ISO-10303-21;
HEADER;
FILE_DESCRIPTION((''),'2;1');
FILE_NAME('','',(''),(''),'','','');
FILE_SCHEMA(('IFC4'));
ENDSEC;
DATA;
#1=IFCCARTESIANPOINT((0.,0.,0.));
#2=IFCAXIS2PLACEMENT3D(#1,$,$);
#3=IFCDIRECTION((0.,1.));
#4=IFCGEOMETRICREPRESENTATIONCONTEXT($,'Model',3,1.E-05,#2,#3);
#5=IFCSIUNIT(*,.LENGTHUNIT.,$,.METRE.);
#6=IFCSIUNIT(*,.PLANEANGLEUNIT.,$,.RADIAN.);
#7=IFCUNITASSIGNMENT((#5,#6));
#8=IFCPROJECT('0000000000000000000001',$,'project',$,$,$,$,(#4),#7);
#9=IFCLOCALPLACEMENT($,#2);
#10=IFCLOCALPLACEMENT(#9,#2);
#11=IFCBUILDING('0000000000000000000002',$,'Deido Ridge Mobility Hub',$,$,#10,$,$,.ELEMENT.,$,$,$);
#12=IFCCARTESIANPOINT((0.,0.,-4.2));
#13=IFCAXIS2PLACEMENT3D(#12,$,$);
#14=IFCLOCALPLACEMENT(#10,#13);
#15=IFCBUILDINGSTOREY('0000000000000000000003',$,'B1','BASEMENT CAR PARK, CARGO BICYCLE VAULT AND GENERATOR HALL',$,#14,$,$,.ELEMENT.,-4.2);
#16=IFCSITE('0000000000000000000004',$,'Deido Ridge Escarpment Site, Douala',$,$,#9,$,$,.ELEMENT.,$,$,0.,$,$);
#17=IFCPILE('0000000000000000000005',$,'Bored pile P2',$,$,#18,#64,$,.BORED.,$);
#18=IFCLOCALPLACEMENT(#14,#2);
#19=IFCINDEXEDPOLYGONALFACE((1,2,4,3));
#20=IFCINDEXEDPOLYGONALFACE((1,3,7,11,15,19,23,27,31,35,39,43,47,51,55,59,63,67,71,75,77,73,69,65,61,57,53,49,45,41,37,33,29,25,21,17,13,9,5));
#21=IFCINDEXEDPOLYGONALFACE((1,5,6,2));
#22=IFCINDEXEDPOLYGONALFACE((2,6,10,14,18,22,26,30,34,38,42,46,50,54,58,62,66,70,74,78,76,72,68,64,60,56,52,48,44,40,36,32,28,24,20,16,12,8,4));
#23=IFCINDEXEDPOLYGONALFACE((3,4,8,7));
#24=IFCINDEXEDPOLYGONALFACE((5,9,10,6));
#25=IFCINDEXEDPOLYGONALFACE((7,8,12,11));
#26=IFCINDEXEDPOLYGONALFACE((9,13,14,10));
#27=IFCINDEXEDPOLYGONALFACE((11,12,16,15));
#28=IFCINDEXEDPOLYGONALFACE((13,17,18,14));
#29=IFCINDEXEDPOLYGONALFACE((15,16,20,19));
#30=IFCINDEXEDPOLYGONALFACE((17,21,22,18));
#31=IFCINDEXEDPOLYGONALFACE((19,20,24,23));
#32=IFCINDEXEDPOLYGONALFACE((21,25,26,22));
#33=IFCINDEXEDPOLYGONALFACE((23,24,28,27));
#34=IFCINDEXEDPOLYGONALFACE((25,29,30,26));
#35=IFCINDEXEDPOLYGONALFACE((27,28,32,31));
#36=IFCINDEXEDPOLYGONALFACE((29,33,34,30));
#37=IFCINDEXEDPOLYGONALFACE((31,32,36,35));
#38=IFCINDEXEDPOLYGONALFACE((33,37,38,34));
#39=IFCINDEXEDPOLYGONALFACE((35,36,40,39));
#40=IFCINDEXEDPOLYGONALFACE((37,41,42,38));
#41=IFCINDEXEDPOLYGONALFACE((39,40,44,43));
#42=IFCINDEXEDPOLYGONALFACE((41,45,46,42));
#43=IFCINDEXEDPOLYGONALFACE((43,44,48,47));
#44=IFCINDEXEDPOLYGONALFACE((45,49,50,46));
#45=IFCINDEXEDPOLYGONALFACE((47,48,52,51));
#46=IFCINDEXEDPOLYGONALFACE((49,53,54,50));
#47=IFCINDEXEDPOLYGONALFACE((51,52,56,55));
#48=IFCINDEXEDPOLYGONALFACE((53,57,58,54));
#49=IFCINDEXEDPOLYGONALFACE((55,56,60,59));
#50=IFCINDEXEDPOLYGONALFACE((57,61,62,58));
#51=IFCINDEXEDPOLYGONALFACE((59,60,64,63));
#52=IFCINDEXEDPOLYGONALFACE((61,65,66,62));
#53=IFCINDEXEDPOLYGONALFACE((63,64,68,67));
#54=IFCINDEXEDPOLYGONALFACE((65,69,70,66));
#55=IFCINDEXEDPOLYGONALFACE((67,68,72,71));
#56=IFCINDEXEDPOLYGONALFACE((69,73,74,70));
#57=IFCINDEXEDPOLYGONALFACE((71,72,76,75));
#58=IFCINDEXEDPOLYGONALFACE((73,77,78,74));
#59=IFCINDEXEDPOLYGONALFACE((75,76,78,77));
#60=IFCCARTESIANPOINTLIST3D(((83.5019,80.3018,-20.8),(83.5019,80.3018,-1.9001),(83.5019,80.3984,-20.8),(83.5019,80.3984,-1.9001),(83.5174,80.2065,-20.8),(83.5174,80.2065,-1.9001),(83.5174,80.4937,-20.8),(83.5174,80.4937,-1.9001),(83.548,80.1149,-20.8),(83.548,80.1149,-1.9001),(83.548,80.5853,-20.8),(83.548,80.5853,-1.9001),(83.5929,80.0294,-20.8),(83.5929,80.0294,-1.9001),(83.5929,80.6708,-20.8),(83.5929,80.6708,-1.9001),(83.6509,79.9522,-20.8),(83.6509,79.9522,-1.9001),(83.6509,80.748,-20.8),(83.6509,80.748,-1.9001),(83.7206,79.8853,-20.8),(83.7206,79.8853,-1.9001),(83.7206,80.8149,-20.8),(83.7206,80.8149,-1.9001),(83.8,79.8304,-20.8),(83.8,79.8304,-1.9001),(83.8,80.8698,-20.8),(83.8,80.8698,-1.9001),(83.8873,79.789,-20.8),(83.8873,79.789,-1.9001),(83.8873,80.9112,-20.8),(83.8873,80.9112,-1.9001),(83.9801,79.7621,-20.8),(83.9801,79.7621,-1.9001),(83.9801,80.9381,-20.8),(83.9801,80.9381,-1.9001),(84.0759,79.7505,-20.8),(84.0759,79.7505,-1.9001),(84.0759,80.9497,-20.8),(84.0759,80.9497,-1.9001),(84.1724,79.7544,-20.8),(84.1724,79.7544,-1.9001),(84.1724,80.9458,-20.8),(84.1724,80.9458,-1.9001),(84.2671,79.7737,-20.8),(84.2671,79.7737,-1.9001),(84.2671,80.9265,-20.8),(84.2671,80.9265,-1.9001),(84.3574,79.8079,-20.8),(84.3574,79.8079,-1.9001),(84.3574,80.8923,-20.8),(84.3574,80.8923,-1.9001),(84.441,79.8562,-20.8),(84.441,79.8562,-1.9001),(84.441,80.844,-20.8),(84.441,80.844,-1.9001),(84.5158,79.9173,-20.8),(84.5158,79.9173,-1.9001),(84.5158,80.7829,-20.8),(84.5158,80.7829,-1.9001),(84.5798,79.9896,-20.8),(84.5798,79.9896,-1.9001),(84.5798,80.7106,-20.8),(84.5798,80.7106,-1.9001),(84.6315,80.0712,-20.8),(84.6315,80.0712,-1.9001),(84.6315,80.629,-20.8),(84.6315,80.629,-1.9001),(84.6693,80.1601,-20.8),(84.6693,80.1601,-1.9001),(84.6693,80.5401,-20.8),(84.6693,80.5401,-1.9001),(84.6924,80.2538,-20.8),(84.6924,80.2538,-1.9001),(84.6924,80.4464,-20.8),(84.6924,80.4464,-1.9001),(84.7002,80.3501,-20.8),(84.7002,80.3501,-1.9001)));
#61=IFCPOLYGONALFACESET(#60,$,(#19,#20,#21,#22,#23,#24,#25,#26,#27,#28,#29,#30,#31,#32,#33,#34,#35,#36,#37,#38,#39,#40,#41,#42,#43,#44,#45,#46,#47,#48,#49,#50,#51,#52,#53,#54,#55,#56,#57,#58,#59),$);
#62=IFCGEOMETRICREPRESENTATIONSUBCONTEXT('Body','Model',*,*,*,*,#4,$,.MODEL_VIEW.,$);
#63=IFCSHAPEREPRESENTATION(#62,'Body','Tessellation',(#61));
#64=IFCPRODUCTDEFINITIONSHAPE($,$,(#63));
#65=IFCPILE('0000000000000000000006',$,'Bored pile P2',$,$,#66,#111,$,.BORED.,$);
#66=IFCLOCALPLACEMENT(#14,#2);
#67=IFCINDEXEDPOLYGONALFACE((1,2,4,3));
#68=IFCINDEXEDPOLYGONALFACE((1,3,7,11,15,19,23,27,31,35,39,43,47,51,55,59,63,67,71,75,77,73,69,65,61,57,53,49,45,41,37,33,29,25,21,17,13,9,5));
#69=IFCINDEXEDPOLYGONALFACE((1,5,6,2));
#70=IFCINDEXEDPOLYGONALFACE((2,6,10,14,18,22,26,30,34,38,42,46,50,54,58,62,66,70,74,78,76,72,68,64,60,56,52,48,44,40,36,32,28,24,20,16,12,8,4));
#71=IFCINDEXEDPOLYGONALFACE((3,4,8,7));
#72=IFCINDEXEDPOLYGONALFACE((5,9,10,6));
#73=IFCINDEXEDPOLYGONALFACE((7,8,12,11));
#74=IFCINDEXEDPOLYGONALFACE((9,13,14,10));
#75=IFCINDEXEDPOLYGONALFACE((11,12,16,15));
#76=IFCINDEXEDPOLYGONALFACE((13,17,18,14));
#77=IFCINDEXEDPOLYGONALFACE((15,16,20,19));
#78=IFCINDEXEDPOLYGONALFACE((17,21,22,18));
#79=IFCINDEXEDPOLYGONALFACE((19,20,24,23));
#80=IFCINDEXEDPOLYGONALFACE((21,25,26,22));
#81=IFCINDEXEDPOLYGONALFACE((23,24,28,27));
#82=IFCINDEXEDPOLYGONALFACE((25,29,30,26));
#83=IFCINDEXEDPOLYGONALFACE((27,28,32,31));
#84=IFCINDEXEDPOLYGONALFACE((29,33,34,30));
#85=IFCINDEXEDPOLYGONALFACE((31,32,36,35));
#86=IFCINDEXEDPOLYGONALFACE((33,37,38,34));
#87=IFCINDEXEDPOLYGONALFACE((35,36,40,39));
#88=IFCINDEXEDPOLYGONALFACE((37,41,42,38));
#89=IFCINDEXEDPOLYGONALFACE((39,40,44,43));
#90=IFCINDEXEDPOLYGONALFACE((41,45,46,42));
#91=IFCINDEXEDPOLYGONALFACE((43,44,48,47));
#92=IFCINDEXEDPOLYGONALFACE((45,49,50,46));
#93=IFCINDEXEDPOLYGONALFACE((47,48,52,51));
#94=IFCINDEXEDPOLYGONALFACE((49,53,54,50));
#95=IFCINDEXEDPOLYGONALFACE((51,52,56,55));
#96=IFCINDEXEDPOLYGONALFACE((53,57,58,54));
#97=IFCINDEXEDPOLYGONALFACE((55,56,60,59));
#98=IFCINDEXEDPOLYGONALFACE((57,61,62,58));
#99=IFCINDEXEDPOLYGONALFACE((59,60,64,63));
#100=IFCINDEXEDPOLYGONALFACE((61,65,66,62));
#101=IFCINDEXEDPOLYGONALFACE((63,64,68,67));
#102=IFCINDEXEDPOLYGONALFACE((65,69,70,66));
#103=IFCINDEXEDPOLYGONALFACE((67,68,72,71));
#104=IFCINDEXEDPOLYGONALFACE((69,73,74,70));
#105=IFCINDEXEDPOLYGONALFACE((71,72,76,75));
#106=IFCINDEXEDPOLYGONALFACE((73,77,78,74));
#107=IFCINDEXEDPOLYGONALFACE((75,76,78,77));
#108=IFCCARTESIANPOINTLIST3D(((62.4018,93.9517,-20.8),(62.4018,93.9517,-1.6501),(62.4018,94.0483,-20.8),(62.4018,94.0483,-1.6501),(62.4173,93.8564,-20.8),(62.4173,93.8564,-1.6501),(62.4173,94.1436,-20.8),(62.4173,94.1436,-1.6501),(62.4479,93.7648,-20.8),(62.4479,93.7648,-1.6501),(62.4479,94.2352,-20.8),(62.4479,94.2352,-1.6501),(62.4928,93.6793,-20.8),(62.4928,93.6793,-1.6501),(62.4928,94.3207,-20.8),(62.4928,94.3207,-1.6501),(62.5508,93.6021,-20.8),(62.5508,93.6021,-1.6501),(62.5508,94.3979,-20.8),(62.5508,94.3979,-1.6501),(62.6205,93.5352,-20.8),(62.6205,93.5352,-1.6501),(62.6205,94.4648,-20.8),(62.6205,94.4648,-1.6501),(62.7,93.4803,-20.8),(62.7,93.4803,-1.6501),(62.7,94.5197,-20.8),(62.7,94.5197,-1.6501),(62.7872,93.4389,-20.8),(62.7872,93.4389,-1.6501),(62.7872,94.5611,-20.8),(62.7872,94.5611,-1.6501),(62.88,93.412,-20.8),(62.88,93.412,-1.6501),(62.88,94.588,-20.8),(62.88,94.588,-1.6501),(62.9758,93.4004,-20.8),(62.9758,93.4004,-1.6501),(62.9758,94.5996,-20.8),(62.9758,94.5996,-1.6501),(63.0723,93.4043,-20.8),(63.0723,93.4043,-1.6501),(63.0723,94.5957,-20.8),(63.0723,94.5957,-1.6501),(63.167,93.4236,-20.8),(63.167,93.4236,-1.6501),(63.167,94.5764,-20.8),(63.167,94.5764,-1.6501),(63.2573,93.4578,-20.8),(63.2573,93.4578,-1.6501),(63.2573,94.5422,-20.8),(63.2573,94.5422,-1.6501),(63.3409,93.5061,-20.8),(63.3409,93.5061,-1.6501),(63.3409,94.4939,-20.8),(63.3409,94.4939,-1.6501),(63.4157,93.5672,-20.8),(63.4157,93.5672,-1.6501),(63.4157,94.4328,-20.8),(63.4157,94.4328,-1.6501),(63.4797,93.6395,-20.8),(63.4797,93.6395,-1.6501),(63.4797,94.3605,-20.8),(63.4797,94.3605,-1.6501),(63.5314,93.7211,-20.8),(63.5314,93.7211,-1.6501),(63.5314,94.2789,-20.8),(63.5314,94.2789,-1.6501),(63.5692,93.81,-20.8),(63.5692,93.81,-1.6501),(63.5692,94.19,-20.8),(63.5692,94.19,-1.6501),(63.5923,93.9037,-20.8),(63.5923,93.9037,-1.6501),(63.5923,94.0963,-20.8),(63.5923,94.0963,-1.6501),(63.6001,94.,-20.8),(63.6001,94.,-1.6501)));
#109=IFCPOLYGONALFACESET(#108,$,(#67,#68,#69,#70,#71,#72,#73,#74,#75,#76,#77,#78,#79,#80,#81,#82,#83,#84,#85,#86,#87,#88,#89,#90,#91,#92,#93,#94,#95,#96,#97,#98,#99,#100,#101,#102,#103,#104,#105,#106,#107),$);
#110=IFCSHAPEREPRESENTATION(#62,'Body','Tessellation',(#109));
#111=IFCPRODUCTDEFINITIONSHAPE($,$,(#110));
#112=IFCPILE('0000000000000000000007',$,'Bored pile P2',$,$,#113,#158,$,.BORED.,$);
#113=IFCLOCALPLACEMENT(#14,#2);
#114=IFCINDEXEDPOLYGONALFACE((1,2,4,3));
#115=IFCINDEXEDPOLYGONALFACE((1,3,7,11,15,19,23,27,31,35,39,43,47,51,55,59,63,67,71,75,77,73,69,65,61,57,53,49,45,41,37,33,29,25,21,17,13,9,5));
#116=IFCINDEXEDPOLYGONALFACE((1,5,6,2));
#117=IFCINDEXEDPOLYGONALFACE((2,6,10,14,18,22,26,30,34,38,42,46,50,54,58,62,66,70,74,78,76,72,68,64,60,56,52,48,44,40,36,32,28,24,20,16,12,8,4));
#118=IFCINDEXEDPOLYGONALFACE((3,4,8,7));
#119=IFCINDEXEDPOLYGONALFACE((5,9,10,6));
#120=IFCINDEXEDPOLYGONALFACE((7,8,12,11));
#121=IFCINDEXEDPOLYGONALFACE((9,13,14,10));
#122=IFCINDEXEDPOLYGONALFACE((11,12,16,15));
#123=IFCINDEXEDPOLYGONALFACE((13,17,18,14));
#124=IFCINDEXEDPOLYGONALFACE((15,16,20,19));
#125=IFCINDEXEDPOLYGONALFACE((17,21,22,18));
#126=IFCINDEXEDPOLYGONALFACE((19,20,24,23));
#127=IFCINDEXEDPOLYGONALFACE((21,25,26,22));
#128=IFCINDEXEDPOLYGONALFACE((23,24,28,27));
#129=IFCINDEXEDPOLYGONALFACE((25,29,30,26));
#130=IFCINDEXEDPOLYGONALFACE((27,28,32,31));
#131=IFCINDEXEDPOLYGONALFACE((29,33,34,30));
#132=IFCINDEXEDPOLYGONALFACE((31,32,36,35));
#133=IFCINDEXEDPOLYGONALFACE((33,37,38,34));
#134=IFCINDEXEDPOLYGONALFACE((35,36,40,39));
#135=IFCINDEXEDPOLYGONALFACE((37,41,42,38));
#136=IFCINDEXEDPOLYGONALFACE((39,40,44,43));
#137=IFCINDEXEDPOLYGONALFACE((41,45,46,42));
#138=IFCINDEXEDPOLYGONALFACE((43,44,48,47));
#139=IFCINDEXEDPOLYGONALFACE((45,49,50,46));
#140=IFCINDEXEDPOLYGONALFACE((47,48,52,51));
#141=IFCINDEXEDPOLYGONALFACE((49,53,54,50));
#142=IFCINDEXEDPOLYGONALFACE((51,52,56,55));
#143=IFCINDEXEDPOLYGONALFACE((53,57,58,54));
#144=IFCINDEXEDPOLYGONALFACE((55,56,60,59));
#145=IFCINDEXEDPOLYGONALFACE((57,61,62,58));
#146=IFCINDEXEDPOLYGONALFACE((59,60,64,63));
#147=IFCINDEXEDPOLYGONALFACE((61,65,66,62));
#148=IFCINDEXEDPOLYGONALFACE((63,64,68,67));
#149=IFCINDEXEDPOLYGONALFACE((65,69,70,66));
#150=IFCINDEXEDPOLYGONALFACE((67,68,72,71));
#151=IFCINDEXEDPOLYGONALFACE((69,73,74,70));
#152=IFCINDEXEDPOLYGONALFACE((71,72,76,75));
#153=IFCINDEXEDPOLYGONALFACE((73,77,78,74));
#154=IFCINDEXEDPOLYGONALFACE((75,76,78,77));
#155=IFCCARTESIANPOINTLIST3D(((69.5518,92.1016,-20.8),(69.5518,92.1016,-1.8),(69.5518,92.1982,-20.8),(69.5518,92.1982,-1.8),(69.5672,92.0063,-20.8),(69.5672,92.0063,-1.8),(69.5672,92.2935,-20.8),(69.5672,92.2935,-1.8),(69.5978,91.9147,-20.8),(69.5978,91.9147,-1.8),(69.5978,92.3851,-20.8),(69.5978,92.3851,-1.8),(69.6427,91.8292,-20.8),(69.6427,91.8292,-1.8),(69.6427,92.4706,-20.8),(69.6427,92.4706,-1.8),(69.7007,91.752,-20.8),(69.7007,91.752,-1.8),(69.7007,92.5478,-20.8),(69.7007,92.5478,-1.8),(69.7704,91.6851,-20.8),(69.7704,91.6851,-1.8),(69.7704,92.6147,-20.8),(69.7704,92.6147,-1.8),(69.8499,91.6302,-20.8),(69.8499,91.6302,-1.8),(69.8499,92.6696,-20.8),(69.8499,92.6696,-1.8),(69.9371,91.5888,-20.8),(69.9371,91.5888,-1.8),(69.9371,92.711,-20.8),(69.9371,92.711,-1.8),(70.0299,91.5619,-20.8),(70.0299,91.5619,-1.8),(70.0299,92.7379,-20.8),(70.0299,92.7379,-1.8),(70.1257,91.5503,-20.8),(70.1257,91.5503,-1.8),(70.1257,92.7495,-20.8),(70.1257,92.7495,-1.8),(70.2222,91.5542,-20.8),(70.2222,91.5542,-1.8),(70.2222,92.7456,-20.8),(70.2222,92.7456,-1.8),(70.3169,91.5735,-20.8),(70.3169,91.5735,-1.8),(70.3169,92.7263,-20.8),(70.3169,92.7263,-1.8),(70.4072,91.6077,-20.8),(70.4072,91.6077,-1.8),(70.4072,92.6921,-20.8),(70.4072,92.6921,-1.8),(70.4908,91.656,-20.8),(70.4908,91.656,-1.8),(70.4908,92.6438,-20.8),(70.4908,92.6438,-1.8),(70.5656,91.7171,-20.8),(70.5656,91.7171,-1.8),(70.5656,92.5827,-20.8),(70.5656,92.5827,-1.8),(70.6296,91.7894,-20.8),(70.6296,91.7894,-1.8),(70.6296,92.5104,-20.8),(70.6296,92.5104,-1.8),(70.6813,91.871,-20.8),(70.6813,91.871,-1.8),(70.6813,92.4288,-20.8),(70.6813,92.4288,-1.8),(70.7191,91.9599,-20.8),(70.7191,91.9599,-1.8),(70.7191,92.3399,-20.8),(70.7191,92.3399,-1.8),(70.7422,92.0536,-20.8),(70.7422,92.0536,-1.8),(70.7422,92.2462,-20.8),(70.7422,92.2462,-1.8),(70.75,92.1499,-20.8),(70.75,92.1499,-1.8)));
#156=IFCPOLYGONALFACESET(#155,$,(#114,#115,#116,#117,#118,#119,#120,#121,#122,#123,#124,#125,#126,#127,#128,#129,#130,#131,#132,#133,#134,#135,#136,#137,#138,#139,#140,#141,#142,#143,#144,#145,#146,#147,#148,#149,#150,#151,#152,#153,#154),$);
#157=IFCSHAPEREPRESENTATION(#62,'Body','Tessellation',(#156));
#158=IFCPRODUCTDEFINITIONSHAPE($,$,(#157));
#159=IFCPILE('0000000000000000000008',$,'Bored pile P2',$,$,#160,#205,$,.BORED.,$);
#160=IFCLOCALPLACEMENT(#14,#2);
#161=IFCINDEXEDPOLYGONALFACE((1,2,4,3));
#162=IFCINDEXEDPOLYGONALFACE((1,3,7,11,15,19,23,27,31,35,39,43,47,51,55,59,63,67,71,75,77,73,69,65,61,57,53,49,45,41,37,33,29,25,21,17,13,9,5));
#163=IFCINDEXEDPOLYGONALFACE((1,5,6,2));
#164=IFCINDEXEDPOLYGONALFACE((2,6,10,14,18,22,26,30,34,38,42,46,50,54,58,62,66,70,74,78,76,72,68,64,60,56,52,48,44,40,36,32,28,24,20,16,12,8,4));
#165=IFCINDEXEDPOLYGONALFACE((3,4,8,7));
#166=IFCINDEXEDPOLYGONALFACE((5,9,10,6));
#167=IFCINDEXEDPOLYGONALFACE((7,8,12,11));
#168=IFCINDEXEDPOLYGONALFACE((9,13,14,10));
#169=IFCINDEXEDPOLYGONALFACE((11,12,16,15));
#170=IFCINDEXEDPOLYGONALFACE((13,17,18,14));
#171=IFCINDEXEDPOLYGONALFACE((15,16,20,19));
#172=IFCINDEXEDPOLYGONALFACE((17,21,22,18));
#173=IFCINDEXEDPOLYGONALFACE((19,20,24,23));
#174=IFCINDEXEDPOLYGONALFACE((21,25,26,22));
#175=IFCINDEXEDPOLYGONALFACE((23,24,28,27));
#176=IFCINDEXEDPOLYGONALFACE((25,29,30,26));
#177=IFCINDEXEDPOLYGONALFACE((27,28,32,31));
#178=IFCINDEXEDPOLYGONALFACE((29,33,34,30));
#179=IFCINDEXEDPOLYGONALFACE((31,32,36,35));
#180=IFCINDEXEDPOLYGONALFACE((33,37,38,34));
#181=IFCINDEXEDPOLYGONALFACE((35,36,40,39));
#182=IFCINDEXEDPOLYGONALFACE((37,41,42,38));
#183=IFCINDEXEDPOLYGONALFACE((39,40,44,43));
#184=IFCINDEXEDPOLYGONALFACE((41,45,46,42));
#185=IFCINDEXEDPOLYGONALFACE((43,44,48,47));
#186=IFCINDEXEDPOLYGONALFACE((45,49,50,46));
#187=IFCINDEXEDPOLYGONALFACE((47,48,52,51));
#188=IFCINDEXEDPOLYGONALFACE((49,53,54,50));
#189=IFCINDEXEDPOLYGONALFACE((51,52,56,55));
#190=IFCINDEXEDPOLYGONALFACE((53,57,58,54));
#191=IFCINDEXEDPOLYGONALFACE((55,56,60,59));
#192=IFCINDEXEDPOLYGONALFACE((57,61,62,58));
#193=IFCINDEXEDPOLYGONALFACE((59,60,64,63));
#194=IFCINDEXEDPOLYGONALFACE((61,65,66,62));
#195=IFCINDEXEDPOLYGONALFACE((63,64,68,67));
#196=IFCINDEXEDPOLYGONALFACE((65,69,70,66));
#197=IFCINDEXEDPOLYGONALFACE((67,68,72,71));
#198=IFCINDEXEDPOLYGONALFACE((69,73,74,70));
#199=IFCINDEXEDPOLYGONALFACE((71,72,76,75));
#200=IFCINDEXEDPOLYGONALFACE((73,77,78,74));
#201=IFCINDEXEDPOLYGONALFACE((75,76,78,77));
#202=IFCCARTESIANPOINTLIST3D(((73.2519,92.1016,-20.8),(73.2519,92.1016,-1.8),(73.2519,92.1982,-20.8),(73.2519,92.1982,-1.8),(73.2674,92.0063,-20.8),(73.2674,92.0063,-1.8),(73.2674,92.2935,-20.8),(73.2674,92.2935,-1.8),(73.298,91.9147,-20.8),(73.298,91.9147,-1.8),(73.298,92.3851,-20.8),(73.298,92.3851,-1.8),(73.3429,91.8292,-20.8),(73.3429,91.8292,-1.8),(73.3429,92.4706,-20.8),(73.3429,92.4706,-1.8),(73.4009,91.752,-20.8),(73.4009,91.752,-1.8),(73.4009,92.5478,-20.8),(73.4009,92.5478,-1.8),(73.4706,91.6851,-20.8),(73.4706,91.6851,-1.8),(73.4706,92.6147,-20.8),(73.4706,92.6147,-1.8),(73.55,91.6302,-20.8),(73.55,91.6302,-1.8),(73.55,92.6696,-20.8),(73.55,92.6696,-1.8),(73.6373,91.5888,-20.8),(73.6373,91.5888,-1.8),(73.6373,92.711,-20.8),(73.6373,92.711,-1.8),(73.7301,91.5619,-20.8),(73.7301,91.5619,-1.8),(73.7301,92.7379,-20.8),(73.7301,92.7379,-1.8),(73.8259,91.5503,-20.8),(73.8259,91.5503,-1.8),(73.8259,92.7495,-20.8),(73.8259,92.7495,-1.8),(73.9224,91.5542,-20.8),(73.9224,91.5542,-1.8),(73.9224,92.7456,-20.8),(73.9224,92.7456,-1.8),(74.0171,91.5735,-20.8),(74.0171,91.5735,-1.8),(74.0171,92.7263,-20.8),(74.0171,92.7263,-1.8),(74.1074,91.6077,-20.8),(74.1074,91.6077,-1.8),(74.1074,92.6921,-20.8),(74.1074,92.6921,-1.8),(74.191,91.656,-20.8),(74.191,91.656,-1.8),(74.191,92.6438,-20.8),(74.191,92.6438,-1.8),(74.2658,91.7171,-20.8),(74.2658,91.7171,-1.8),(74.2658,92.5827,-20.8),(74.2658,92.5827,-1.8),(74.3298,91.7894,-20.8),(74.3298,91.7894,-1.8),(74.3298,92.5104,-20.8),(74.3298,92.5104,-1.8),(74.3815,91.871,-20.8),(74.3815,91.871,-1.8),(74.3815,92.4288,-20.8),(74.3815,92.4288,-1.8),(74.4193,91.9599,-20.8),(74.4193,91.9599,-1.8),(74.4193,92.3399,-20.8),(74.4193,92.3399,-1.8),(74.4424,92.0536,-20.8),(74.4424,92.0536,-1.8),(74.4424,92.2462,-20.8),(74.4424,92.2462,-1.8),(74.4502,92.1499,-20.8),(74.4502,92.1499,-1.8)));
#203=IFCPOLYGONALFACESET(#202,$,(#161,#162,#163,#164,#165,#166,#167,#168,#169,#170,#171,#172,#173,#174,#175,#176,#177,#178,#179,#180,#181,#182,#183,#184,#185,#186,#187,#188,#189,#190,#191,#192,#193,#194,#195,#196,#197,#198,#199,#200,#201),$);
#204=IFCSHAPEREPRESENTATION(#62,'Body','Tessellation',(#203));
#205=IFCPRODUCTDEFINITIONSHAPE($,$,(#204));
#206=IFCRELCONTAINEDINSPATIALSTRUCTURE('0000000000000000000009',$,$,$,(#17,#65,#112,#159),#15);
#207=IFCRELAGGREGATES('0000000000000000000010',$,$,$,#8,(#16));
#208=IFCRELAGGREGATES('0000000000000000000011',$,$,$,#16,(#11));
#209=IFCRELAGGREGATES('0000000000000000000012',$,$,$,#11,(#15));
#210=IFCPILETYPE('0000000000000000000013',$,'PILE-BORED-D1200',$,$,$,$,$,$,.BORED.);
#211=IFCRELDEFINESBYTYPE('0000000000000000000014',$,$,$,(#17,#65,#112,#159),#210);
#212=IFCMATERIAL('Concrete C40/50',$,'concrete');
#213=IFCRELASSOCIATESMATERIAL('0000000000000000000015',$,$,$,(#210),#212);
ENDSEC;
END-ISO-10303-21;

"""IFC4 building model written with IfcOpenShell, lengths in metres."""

from ifc_helpers import new_model, si_unit, direction, frame, origin, origin_2d, place, context, subcontext, project, spatial, circle, extrude, material, material_profile, profile_set, type_object, element, save


model = new_model("IFC4")

# Units and contexts
model_context = context("Model", 3, precision=1e-05, world=origin(), true_north=direction((0.0, 1.0)))
body_context = subcontext(model_context, "Body", "Model", "MODEL_VIEW")
ifc_project = project(units=[si_unit("LENGTHUNIT", "METRE"), si_unit("PLANEANGLEUNIT", "RADIAN")], contexts=[model_context])

# Site, building, storey
site_placement = place(None, origin())
site = spatial("IfcSite", under=ifc_project, at=site_placement, Name="Deido Ridge Escarpment Site, Douala", CompositionType="ELEMENT", RefElevation=0.0)
building_placement = place(site_placement, origin())
building = spatial("IfcBuilding", under=site, at=building_placement, Name="Deido Ridge Mobility Hub", CompositionType="ELEMENT")
storey_placement = place(building_placement, frame((0.0, 0.0, -4.2)))
storey = spatial("IfcBuildingStorey", under=building, at=storey_placement, Name="B1", Description="BASEMENT CAR PARK, CARGO BICYCLE VAULT AND GENERATOR HALL", CompositionType="ELEMENT", Elevation=-4.2)

# Shared definitions
ifc_material_1 = material(Name="Concrete C40/50", Category="concrete")

# Piles
ifc_material_profile_1 = material_profile(ifc_material_1, circle(Radius=0.6001, at=origin_2d()), Name="BORED PILE D1200")
ifc_profile_set_1 = profile_set([ifc_material_profile_1], Name="Concrete C40/50")
pile_type_1 = type_object("IfcPileType", Name="PILE-BORED-D1200", PredefinedType="BORED", material=ifc_profile_set_1)
for number, where, z_axis, x_axis, name in (
    (1, (84.1001, 80.3501, -1.9001), (0.0, 0.0, -1.0), (1.0, 0.0, 0.0), "Bored pile P2"),
):
    element("IfcPile", number, at=place(storey_placement, frame(where, z_axis=z_axis, x_axis=x_axis)), inside=storey, type_object=pile_type_1, Name=name, PredefinedType="BORED", context=body_context, shape_type="SweptSolid", body=[
        extrude(circle(Radius=0.6001, at=origin_2d()), origin(), (0.0, 0.0, 1.0), 18.8999),
    ])
pile_placement = place(storey_placement, frame((63.0, 94.0, -1.6501), z_axis=(0.0, 0.0, -1.0), x_axis=(1.0, 0.0, 0.0)))
element("IfcPile", 2, at=pile_placement, inside=storey, type_object=pile_type_1, Name="Bored pile P2", PredefinedType="BORED", context=body_context, shape_type="SweptSolid", body=[
    extrude(circle(Radius=0.6001, at=origin_2d()), origin(), (0.0, 0.0, 1.0), 19.1499),
])
for number, where, z_axis, x_axis, name in (
    (3, (70.1499, 92.1499, -1.8), (0.0, 0.0, -1.0), (1.0, 0.0, 0.0), "Bored pile P2"),
    (4, (73.8501, 92.1499, -1.8), (0.0, 0.0, -1.0), (1.0, 0.0, 0.0), "Bored pile P2"),
):
    element("IfcPile", number, at=place(storey_placement, frame(where, z_axis=z_axis, x_axis=x_axis)), inside=storey, type_object=pile_type_1, Name=name, PredefinedType="BORED", context=body_context, shape_type="SweptSolid", body=[
        extrude(circle(Radius=0.6001, at=origin_2d()), origin(), (0.0, 0.0, 1.0), 19.0),
    ])

save(model, "model.ifc")
